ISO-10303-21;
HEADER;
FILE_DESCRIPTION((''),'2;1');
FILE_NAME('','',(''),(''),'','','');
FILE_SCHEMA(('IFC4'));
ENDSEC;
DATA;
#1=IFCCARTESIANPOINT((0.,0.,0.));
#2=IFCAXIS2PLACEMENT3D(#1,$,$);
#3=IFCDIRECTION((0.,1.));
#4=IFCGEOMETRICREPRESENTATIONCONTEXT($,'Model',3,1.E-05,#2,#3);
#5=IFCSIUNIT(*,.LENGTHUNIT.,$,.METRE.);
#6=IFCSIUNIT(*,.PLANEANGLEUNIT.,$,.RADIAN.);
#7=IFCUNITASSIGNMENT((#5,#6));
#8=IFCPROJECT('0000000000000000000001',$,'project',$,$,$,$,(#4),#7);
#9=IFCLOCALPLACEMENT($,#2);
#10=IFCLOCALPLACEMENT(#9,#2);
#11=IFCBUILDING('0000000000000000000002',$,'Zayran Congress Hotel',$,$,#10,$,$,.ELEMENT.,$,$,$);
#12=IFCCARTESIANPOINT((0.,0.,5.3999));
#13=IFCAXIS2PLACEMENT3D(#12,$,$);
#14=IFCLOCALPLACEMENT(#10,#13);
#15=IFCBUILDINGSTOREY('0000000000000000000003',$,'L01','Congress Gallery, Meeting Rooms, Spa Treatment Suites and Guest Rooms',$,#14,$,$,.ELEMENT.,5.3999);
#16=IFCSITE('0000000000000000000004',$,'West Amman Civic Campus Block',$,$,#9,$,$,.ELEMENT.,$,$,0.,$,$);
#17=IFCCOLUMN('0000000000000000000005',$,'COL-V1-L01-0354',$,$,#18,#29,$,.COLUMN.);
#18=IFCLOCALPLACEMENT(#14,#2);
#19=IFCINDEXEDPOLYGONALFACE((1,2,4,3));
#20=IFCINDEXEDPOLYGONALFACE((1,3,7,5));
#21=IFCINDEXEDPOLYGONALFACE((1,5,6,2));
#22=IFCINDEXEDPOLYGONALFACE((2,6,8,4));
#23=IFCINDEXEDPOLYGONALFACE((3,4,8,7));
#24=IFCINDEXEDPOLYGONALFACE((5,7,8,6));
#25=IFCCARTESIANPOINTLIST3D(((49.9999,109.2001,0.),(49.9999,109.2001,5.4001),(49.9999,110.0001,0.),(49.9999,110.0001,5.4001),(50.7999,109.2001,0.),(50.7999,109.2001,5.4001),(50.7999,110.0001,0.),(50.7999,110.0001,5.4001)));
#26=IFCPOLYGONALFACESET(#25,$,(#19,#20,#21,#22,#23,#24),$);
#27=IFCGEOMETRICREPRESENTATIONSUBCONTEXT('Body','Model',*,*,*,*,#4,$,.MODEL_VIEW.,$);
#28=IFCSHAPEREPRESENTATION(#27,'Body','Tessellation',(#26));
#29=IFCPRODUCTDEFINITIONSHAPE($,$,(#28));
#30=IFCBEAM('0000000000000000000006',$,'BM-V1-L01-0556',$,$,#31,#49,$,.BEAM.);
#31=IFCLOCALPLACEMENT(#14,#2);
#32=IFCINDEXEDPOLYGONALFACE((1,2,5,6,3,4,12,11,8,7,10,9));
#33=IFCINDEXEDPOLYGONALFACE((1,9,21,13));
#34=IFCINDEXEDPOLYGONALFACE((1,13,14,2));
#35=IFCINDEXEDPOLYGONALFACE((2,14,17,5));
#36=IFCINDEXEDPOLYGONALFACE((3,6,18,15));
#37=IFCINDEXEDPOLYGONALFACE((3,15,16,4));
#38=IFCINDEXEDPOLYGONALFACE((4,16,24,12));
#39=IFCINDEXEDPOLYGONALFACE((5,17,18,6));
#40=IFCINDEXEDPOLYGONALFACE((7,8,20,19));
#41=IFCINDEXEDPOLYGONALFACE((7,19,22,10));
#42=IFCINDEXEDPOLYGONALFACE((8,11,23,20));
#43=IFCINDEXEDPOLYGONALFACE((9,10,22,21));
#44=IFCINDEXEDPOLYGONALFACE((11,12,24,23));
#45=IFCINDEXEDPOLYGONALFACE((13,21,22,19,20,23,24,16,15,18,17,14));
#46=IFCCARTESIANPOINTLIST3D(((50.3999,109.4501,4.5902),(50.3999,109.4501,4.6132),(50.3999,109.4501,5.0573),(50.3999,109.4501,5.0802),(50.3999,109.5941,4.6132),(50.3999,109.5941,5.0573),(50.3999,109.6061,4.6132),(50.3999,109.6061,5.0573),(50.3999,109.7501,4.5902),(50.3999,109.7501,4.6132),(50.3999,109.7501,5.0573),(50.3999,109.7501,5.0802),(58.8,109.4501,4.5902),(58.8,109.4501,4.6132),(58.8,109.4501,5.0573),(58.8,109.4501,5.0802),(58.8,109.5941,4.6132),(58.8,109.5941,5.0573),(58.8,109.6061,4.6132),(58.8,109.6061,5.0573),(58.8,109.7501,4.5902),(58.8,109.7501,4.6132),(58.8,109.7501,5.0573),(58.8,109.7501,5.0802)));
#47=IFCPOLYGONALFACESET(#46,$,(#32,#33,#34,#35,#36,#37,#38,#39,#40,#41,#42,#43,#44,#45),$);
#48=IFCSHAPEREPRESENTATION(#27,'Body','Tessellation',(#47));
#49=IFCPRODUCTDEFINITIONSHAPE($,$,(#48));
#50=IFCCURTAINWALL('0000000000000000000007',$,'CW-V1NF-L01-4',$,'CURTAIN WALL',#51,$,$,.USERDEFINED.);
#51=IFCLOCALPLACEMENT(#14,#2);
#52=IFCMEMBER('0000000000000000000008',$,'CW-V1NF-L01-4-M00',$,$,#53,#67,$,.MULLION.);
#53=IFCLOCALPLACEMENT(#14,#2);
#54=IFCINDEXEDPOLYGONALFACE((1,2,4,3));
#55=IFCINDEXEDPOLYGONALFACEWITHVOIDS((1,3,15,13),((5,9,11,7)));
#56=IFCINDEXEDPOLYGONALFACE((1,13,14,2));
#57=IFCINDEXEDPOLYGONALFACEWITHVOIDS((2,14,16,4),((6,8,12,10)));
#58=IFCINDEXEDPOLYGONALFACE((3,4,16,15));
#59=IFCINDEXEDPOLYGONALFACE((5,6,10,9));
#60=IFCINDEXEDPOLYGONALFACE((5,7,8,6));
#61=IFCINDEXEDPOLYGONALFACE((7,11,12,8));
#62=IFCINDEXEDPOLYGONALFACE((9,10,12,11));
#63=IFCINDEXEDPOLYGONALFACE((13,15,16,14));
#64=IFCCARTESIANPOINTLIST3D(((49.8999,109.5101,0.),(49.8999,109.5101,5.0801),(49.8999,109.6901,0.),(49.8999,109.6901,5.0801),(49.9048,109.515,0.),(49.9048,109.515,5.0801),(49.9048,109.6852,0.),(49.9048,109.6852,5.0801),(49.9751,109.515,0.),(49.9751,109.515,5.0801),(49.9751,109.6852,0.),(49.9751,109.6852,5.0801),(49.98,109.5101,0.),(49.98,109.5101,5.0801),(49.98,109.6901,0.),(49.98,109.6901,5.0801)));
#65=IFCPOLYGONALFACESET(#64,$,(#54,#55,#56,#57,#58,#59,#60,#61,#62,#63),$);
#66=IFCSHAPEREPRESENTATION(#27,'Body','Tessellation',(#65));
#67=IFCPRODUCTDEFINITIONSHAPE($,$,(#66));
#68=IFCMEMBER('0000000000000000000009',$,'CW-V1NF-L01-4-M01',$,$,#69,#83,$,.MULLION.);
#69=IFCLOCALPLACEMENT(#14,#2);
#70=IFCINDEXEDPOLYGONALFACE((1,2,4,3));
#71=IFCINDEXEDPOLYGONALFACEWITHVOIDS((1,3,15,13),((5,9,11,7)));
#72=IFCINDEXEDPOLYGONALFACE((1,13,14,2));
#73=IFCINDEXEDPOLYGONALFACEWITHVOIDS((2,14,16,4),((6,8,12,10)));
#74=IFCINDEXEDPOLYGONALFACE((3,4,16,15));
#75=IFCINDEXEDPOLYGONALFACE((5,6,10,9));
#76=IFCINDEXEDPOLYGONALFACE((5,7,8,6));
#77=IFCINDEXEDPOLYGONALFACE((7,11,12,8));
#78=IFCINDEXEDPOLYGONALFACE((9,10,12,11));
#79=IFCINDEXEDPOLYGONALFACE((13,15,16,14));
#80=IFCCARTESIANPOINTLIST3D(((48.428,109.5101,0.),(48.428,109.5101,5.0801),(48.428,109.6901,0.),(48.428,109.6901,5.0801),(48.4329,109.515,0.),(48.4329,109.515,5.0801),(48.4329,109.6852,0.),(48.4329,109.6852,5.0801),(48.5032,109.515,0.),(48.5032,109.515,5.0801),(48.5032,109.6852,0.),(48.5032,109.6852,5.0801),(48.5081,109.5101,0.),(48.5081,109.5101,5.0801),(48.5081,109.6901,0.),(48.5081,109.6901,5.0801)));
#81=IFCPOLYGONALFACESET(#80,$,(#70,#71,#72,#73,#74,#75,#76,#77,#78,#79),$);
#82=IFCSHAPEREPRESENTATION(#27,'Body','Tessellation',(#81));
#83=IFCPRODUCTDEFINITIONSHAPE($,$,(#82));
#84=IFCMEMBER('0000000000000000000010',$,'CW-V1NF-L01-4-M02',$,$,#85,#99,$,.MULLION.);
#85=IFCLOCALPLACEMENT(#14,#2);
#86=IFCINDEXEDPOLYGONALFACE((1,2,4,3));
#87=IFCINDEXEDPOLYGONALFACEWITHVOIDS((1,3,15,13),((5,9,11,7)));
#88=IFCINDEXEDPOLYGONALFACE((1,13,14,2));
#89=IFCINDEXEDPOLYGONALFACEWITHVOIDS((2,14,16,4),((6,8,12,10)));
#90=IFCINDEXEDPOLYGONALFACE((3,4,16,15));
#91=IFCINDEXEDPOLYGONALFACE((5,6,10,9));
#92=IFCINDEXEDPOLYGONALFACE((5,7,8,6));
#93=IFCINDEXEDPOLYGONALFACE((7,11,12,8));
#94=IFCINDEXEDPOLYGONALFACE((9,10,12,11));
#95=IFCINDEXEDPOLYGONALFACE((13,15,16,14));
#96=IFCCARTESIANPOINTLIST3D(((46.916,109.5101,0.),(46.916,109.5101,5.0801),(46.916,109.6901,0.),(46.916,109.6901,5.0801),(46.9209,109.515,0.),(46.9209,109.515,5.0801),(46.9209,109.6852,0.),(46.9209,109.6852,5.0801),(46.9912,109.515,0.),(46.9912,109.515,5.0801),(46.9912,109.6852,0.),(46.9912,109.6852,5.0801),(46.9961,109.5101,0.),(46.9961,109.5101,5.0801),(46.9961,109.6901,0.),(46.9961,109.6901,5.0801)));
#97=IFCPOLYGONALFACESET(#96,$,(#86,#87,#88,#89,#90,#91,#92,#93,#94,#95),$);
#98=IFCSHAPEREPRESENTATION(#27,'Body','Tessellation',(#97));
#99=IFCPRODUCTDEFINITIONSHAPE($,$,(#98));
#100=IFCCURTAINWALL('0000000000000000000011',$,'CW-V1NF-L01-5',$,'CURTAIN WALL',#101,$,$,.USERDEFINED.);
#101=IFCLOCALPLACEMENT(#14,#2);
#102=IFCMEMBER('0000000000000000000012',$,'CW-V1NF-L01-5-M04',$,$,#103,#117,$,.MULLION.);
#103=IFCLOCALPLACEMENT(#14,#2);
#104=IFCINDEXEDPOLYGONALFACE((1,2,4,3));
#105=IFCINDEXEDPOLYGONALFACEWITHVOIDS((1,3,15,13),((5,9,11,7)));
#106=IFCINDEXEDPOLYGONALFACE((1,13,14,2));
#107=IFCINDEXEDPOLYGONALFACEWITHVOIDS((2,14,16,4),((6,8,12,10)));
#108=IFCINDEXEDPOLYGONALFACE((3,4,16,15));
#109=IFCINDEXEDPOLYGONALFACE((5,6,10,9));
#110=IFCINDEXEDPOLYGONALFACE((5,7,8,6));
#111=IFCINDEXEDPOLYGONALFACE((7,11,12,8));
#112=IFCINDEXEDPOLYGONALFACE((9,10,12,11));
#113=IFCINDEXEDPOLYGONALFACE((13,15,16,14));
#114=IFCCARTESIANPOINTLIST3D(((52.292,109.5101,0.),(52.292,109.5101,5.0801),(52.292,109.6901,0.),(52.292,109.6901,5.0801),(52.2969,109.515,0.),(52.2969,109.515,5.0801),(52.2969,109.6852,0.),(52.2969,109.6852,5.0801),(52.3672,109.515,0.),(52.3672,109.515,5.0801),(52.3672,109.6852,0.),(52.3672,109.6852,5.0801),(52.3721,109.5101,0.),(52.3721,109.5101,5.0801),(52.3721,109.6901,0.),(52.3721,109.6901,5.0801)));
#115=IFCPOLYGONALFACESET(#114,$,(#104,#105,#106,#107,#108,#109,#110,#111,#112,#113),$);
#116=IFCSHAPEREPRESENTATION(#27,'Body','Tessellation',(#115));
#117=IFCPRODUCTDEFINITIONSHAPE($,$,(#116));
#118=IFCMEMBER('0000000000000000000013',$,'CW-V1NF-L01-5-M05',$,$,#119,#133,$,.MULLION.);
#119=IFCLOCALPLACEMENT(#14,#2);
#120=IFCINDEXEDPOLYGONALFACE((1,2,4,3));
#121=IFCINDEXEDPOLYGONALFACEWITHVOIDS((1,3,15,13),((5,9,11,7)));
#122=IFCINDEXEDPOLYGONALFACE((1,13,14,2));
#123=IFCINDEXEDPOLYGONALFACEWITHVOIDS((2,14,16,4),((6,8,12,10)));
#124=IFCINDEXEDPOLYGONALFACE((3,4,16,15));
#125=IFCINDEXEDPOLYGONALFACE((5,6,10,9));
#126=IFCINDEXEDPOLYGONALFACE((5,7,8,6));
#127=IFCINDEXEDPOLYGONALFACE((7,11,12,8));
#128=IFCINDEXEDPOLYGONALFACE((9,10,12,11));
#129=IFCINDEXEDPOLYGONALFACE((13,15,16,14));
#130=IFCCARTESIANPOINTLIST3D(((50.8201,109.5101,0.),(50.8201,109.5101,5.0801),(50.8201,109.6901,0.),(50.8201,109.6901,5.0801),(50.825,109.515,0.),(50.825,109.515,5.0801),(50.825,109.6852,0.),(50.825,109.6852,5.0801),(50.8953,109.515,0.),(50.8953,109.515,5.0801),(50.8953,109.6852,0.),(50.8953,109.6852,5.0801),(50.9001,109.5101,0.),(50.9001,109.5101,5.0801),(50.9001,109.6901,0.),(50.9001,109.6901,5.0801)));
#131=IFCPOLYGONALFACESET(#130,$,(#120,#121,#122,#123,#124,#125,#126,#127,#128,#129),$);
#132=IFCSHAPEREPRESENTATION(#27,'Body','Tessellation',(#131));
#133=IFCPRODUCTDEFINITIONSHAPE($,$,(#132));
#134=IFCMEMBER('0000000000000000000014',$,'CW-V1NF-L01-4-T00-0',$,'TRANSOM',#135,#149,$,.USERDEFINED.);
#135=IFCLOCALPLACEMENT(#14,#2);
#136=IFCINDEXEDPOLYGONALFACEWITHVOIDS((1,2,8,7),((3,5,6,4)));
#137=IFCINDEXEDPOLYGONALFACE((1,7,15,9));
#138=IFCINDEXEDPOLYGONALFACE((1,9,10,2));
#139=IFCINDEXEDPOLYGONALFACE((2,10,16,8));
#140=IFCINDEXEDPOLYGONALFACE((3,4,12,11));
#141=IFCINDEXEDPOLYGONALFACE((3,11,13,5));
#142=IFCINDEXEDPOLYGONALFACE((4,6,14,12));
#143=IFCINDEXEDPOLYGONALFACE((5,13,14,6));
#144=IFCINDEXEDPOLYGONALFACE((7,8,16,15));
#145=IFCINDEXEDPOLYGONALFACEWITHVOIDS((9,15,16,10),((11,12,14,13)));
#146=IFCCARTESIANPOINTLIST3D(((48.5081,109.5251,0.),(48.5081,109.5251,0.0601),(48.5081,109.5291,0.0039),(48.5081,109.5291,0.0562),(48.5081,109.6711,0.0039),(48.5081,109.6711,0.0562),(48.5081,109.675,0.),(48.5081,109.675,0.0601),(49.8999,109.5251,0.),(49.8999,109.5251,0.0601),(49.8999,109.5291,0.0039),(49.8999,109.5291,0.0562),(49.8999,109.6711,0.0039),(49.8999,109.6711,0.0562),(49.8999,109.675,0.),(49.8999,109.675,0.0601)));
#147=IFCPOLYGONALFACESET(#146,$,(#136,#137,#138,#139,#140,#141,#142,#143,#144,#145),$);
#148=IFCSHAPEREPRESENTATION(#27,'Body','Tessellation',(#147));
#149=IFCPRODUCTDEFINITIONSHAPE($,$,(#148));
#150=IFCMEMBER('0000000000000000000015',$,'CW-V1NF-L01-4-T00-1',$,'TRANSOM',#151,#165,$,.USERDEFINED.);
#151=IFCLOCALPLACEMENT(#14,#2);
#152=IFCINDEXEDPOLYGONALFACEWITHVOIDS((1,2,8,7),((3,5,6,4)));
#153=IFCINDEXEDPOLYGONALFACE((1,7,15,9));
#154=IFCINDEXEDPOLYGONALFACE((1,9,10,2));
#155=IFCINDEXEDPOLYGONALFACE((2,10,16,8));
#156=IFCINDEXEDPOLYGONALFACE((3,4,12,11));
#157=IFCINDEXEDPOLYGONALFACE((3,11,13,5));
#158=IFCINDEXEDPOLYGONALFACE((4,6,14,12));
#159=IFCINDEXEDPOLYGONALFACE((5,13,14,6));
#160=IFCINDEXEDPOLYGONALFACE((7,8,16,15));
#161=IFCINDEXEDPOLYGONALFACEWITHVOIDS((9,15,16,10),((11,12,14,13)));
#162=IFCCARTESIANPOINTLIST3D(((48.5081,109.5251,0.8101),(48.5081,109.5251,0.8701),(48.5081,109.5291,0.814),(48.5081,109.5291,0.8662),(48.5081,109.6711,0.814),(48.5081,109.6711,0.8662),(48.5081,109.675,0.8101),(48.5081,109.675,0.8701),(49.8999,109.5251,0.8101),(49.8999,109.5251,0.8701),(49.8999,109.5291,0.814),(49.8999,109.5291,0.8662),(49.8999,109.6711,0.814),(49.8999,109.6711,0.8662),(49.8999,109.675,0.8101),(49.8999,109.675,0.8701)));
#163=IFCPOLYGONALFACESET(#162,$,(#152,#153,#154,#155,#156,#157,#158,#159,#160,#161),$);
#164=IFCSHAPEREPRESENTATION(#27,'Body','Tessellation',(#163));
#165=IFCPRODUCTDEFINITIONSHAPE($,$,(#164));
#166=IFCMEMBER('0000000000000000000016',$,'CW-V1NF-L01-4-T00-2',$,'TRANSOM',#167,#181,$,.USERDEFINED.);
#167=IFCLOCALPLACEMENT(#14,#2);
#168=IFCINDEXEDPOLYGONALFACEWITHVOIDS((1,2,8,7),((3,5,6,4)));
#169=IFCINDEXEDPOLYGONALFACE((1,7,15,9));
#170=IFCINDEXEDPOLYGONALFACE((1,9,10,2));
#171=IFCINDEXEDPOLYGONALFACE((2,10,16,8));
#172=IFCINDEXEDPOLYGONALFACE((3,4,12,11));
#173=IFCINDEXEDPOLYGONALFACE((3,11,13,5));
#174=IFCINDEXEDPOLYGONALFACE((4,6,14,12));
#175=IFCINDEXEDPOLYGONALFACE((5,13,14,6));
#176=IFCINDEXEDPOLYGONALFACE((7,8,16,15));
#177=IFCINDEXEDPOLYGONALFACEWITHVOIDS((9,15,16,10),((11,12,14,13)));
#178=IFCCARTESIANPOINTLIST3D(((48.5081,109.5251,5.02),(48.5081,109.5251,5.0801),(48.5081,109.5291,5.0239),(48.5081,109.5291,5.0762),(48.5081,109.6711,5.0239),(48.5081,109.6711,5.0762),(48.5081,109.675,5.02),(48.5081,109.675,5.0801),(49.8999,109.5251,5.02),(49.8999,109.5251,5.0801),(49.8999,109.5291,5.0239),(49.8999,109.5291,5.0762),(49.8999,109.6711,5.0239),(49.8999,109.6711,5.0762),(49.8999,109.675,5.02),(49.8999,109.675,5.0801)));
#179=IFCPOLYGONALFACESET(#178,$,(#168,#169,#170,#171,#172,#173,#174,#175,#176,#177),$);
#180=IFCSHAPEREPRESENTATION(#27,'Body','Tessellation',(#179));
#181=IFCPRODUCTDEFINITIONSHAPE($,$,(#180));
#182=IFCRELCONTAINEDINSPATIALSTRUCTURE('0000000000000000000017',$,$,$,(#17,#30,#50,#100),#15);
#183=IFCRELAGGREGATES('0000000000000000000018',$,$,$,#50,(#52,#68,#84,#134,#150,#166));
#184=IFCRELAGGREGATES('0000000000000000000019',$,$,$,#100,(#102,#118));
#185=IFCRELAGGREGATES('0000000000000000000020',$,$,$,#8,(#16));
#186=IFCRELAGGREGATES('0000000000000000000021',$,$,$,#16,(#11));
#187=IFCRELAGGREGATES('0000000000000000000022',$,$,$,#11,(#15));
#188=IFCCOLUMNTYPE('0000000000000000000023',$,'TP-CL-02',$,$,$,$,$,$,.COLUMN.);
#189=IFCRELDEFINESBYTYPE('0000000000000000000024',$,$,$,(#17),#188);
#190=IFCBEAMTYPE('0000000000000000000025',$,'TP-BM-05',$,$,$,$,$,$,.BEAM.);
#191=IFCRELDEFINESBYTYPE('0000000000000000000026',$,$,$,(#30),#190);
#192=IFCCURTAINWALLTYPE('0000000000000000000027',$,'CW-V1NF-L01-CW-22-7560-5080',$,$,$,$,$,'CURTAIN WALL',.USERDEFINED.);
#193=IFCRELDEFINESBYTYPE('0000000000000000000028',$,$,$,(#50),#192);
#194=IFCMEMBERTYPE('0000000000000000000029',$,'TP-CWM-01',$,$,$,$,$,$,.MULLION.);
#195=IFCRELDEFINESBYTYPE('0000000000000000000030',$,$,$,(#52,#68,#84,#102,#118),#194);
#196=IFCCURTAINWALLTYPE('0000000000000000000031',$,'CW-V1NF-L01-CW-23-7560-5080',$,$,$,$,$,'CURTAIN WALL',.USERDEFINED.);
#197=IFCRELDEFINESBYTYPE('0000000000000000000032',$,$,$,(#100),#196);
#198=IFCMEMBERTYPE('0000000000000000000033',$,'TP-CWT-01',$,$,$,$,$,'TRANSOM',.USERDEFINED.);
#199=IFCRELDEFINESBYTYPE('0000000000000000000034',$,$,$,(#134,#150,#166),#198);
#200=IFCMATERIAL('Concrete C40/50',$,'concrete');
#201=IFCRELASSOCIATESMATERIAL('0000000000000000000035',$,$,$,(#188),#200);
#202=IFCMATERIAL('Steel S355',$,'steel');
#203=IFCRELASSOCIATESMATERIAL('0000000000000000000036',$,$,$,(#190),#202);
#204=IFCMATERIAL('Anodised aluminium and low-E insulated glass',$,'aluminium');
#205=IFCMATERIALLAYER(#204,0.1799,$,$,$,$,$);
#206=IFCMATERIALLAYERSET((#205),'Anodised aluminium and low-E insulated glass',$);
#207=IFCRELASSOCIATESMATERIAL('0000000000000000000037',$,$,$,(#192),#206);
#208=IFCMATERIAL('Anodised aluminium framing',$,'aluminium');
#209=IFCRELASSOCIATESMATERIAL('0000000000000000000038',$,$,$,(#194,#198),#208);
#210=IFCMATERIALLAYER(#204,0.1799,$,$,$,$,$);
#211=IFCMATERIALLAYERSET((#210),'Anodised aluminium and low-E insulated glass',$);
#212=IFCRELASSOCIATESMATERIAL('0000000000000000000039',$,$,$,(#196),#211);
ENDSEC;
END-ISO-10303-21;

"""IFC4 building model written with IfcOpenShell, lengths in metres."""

from ifc_helpers import new_model, si_unit, direction, frame, origin, origin_2d, place, context, subcontext, project, spatial, rectangle, hollow_rectangle, i_section, extrude, material, layer, layer_set, material_profile, profile_set, type_object, element, aggregate, save


model = new_model("IFC4")

# Units and contexts
model_context = context("Model", 3, precision=1e-05, world=origin(), true_north=direction((0.0, 1.0)))
body_context = subcontext(model_context, "Body", "Model", "MODEL_VIEW")
ifc_project = project(units=[si_unit("LENGTHUNIT", "METRE"), si_unit("PLANEANGLEUNIT", "RADIAN")], contexts=[model_context])

# Site, building, storey
site_placement = place(None, origin())
site = spatial("IfcSite", under=ifc_project, at=site_placement, Name="West Amman Civic Campus Block", CompositionType="ELEMENT", RefElevation=0.0)
building_placement = place(site_placement, origin())
building = spatial("IfcBuilding", under=site, at=building_placement, Name="Zayran Congress Hotel", CompositionType="ELEMENT")
storey_placement = place(building_placement, frame((0.0, 0.0, 5.3999)))
storey = spatial("IfcBuildingStorey", under=building, at=storey_placement, Name="L01", Description="Congress Gallery, Meeting Rooms, Spa Treatment Suites and Guest Rooms", CompositionType="ELEMENT", Elevation=5.3999)

# Column
ifc_material_1 = material(Name="Concrete C40/50", Category="concrete")
ifc_material_profile_1 = material_profile(ifc_material_1, rectangle(XDim=0.8, YDim=0.8, at=origin_2d()), Name="RC 800x800")
ifc_profile_set_1 = profile_set([ifc_material_profile_1], Name="Concrete C40/50")
column_type = type_object("IfcColumnType", Name="TP-CL-02", PredefinedType="COLUMN", material=ifc_profile_set_1)
column_placement = place(storey_placement, frame((50.3999, 109.6001, 0.0), z_axis=(0.0, 0.0, 1.0), x_axis=(1.0, 0.0, 0.0)))
element("IfcColumn", 1, at=column_placement, inside=storey, type_object=column_type, Name="COL-V1-L01-0354", PredefinedType="COLUMN", context=body_context, shape_type="SweptSolid", body=[
    extrude(rectangle(XDim=0.8, YDim=0.8, at=origin_2d()), origin(), (0.0, 0.0, 1.0), 5.4001),
])

# Beam
ifc_material_2 = material(Name="Steel S355", Category="steel")
ifc_material_profile_2 = material_profile(ifc_material_2, i_section(OverallWidth=0.3, OverallDepth=0.49, WebThickness=0.012, FlangeThickness=0.0229, at=origin_2d()), Name="HEA 500")
ifc_profile_set_2 = profile_set([ifc_material_profile_2], Name="Steel S355")
beam_type = type_object("IfcBeamType", Name="TP-BM-05", PredefinedType="BEAM", material=ifc_profile_set_2)
beam_placement = place(storey_placement, frame((50.3999, 109.6001, 4.8352), z_axis=(1.0, 0.0, 0.0), x_axis=(0.0, 1.0, 0.0)))
element("IfcBeam", 2, at=beam_placement, inside=storey, type_object=beam_type, Name="BM-V1-L01-0556", PredefinedType="BEAM", context=body_context, shape_type="SweptSolid", body=[
    extrude(i_section(OverallWidth=0.3, OverallDepth=0.49, WebThickness=0.012, FlangeThickness=0.0229, at=origin_2d()), origin(), (0.0, 0.0, 1.0), 8.4001),
])

# Curtain walls, members
ifc_material_3 = material(Name="Anodised aluminium and low-E insulated glass", Category="aluminium")
ifc_layer_1 = layer(ifc_material_3, 0.1799)
ifc_layer_set_1 = layer_set([ifc_layer_1], Name="Anodised aluminium and low-E insulated glass")
curtain_wall_type_1 = type_object("IfcCurtainWallType", Name="CW-V1NF-L01-CW-22-7560-5080", ElementType="CURTAIN WALL", PredefinedType="USERDEFINED", material=ifc_layer_set_1)
curtain_wall_1_placement = place(storey_placement, origin())
curtain_wall_1 = element("IfcCurtainWall", 3, at=curtain_wall_1_placement, inside=storey, type_object=curtain_wall_type_1, Name="CW-V1NF-L01-4", ObjectType="CURTAIN WALL", PredefinedType="USERDEFINED")
ifc_material_4 = material(Name="Anodised aluminium framing", Category="aluminium")
ifc_material_profile_3 = material_profile(ifc_material_4, hollow_rectangle(XDim=0.0801, YDim=0.1799, WallThickness=0.0049, at=origin_2d()), Name="RHS 180x80x5")
ifc_profile_set_3 = profile_set([ifc_material_profile_3], Name="Anodised aluminium framing")
member_type_1 = type_object("IfcMemberType", Name="TP-CWM-01", PredefinedType="MULLION", material=ifc_profile_set_3)
member_1_placement = place(storey_placement, frame((49.9399, 109.6001, 0.0), z_axis=(0.0, 0.0, 1.0), x_axis=(1.0, 0.0, 0.0)))
member_1 = element("IfcMember", 4, at=member_1_placement, type_object=member_type_1, Name="CW-V1NF-L01-4-M00", PredefinedType="MULLION", context=body_context, shape_type="SweptSolid", body=[
    extrude(hollow_rectangle(XDim=0.0801, YDim=0.1799, WallThickness=0.0049, at=origin_2d()), origin(), (0.0, 0.0, 1.0), 5.0801),
])
member_2_placement = place(storey_placement, frame((48.468, 109.6001, 0.0), z_axis=(0.0, 0.0, 1.0), x_axis=(1.0, 0.0, 0.0)))
member_2 = element("IfcMember", 5, at=member_2_placement, type_object=member_type_1, Name="CW-V1NF-L01-4-M01", PredefinedType="MULLION", context=body_context, shape_type="SweptSolid", body=[
    extrude(hollow_rectangle(XDim=0.0801, YDim=0.1799, WallThickness=0.0049, at=origin_2d()), origin(), (0.0, 0.0, 1.0), 5.0801),
])
member_3_placement = place(storey_placement, frame((46.9561, 109.6001, 0.0), z_axis=(0.0, 0.0, 1.0), x_axis=(1.0, 0.0, 0.0)))
member_3 = element("IfcMember", 6, at=member_3_placement, type_object=member_type_1, Name="CW-V1NF-L01-4-M02", PredefinedType="MULLION", context=body_context, shape_type="SweptSolid", body=[
    extrude(hollow_rectangle(XDim=0.0801, YDim=0.1799, WallThickness=0.0049, at=origin_2d()), origin(), (0.0, 0.0, 1.0), 5.0801),
])
ifc_layer_2 = layer(ifc_material_3, 0.1799)
ifc_layer_set_2 = layer_set([ifc_layer_2], Name="Anodised aluminium and low-E insulated glass")
curtain_wall_type_2 = type_object("IfcCurtainWallType", Name="CW-V1NF-L01-CW-23-7560-5080", ElementType="CURTAIN WALL", PredefinedType="USERDEFINED", material=ifc_layer_set_2)
curtain_wall_2_placement = place(storey_placement, origin())
curtain_wall_2 = element("IfcCurtainWall", 7, at=curtain_wall_2_placement, inside=storey, type_object=curtain_wall_type_2, Name="CW-V1NF-L01-5", ObjectType="CURTAIN WALL", PredefinedType="USERDEFINED")
member_4_placement = place(storey_placement, frame((52.332, 109.6001, 0.0), z_axis=(0.0, 0.0, 1.0), x_axis=(1.0, 0.0, 0.0)))
member_4 = element("IfcMember", 8, at=member_4_placement, type_object=member_type_1, Name="CW-V1NF-L01-5-M04", PredefinedType="MULLION", context=body_context, shape_type="SweptSolid", body=[
    extrude(hollow_rectangle(XDim=0.0801, YDim=0.1799, WallThickness=0.0049, at=origin_2d()), origin(), (0.0, 0.0, 1.0), 5.0801),
])
member_5_placement = place(storey_placement, frame((50.8601, 109.6001, 0.0), z_axis=(0.0, 0.0, 1.0), x_axis=(1.0, 0.0, 0.0)))
member_5 = element("IfcMember", 9, at=member_5_placement, type_object=member_type_1, Name="CW-V1NF-L01-5-M05", PredefinedType="MULLION", context=body_context, shape_type="SweptSolid", body=[
    extrude(hollow_rectangle(XDim=0.0801, YDim=0.1799, WallThickness=0.0049, at=origin_2d()), origin(), (0.0, 0.0, 1.0), 5.0801),
])

# Members
ifc_material_profile_4 = material_profile(ifc_material_4, hollow_rectangle(XDim=0.0601, YDim=0.1499, WallThickness=0.0039, at=origin_2d()), Name="RHS 150x60x4")
ifc_profile_set_4 = profile_set([ifc_material_profile_4], Name="Anodised aluminium framing")
member_type_2 = type_object("IfcMemberType", Name="TP-CWT-01", ElementType="TRANSOM", PredefinedType="USERDEFINED", material=ifc_profile_set_4)
member_6_placement = place(storey_placement, frame((49.8999, 109.6001, 0.03), z_axis=(-1.0, 0.0, 0.0), x_axis=(0.0, 0.0, 1.0)))
member_6 = element("IfcMember", 10, at=member_6_placement, type_object=member_type_2, Name="CW-V1NF-L01-4-T00-0", ObjectType="TRANSOM", PredefinedType="USERDEFINED", context=body_context, shape_type="SweptSolid", body=[
    extrude(hollow_rectangle(XDim=0.0601, YDim=0.1499, WallThickness=0.0039, at=origin_2d()), origin(), (0.0, 0.0, 1.0), 1.3918),
])
member_7_placement = place(storey_placement, frame((49.8999, 109.6001, 0.8401), z_axis=(-1.0, 0.0, 0.0), x_axis=(0.0, 0.0, 1.0)))
member_7 = element("IfcMember", 11, at=member_7_placement, type_object=member_type_2, Name="CW-V1NF-L01-4-T00-1", ObjectType="TRANSOM", PredefinedType="USERDEFINED", context=body_context, shape_type="SweptSolid", body=[
    extrude(hollow_rectangle(XDim=0.0601, YDim=0.1499, WallThickness=0.0039, at=origin_2d()), origin(), (0.0, 0.0, 1.0), 1.3918),
])
member_8_placement = place(storey_placement, frame((49.8999, 109.6001, 5.05), z_axis=(-1.0, 0.0, 0.0), x_axis=(0.0, 0.0, 1.0)))
member_8 = element("IfcMember", 12, at=member_8_placement, type_object=member_type_2, Name="CW-V1NF-L01-4-T00-2", ObjectType="TRANSOM", PredefinedType="USERDEFINED", context=body_context, shape_type="SweptSolid", body=[
    extrude(hollow_rectangle(XDim=0.0601, YDim=0.1499, WallThickness=0.0039, at=origin_2d()), origin(), (0.0, 0.0, 1.0), 1.3918),
])

aggregate(curtain_wall_1, [member_1, member_2, member_3, member_6, member_7, member_8])
aggregate(curtain_wall_2, [member_4, member_5])

save(model, "model.ifc")
